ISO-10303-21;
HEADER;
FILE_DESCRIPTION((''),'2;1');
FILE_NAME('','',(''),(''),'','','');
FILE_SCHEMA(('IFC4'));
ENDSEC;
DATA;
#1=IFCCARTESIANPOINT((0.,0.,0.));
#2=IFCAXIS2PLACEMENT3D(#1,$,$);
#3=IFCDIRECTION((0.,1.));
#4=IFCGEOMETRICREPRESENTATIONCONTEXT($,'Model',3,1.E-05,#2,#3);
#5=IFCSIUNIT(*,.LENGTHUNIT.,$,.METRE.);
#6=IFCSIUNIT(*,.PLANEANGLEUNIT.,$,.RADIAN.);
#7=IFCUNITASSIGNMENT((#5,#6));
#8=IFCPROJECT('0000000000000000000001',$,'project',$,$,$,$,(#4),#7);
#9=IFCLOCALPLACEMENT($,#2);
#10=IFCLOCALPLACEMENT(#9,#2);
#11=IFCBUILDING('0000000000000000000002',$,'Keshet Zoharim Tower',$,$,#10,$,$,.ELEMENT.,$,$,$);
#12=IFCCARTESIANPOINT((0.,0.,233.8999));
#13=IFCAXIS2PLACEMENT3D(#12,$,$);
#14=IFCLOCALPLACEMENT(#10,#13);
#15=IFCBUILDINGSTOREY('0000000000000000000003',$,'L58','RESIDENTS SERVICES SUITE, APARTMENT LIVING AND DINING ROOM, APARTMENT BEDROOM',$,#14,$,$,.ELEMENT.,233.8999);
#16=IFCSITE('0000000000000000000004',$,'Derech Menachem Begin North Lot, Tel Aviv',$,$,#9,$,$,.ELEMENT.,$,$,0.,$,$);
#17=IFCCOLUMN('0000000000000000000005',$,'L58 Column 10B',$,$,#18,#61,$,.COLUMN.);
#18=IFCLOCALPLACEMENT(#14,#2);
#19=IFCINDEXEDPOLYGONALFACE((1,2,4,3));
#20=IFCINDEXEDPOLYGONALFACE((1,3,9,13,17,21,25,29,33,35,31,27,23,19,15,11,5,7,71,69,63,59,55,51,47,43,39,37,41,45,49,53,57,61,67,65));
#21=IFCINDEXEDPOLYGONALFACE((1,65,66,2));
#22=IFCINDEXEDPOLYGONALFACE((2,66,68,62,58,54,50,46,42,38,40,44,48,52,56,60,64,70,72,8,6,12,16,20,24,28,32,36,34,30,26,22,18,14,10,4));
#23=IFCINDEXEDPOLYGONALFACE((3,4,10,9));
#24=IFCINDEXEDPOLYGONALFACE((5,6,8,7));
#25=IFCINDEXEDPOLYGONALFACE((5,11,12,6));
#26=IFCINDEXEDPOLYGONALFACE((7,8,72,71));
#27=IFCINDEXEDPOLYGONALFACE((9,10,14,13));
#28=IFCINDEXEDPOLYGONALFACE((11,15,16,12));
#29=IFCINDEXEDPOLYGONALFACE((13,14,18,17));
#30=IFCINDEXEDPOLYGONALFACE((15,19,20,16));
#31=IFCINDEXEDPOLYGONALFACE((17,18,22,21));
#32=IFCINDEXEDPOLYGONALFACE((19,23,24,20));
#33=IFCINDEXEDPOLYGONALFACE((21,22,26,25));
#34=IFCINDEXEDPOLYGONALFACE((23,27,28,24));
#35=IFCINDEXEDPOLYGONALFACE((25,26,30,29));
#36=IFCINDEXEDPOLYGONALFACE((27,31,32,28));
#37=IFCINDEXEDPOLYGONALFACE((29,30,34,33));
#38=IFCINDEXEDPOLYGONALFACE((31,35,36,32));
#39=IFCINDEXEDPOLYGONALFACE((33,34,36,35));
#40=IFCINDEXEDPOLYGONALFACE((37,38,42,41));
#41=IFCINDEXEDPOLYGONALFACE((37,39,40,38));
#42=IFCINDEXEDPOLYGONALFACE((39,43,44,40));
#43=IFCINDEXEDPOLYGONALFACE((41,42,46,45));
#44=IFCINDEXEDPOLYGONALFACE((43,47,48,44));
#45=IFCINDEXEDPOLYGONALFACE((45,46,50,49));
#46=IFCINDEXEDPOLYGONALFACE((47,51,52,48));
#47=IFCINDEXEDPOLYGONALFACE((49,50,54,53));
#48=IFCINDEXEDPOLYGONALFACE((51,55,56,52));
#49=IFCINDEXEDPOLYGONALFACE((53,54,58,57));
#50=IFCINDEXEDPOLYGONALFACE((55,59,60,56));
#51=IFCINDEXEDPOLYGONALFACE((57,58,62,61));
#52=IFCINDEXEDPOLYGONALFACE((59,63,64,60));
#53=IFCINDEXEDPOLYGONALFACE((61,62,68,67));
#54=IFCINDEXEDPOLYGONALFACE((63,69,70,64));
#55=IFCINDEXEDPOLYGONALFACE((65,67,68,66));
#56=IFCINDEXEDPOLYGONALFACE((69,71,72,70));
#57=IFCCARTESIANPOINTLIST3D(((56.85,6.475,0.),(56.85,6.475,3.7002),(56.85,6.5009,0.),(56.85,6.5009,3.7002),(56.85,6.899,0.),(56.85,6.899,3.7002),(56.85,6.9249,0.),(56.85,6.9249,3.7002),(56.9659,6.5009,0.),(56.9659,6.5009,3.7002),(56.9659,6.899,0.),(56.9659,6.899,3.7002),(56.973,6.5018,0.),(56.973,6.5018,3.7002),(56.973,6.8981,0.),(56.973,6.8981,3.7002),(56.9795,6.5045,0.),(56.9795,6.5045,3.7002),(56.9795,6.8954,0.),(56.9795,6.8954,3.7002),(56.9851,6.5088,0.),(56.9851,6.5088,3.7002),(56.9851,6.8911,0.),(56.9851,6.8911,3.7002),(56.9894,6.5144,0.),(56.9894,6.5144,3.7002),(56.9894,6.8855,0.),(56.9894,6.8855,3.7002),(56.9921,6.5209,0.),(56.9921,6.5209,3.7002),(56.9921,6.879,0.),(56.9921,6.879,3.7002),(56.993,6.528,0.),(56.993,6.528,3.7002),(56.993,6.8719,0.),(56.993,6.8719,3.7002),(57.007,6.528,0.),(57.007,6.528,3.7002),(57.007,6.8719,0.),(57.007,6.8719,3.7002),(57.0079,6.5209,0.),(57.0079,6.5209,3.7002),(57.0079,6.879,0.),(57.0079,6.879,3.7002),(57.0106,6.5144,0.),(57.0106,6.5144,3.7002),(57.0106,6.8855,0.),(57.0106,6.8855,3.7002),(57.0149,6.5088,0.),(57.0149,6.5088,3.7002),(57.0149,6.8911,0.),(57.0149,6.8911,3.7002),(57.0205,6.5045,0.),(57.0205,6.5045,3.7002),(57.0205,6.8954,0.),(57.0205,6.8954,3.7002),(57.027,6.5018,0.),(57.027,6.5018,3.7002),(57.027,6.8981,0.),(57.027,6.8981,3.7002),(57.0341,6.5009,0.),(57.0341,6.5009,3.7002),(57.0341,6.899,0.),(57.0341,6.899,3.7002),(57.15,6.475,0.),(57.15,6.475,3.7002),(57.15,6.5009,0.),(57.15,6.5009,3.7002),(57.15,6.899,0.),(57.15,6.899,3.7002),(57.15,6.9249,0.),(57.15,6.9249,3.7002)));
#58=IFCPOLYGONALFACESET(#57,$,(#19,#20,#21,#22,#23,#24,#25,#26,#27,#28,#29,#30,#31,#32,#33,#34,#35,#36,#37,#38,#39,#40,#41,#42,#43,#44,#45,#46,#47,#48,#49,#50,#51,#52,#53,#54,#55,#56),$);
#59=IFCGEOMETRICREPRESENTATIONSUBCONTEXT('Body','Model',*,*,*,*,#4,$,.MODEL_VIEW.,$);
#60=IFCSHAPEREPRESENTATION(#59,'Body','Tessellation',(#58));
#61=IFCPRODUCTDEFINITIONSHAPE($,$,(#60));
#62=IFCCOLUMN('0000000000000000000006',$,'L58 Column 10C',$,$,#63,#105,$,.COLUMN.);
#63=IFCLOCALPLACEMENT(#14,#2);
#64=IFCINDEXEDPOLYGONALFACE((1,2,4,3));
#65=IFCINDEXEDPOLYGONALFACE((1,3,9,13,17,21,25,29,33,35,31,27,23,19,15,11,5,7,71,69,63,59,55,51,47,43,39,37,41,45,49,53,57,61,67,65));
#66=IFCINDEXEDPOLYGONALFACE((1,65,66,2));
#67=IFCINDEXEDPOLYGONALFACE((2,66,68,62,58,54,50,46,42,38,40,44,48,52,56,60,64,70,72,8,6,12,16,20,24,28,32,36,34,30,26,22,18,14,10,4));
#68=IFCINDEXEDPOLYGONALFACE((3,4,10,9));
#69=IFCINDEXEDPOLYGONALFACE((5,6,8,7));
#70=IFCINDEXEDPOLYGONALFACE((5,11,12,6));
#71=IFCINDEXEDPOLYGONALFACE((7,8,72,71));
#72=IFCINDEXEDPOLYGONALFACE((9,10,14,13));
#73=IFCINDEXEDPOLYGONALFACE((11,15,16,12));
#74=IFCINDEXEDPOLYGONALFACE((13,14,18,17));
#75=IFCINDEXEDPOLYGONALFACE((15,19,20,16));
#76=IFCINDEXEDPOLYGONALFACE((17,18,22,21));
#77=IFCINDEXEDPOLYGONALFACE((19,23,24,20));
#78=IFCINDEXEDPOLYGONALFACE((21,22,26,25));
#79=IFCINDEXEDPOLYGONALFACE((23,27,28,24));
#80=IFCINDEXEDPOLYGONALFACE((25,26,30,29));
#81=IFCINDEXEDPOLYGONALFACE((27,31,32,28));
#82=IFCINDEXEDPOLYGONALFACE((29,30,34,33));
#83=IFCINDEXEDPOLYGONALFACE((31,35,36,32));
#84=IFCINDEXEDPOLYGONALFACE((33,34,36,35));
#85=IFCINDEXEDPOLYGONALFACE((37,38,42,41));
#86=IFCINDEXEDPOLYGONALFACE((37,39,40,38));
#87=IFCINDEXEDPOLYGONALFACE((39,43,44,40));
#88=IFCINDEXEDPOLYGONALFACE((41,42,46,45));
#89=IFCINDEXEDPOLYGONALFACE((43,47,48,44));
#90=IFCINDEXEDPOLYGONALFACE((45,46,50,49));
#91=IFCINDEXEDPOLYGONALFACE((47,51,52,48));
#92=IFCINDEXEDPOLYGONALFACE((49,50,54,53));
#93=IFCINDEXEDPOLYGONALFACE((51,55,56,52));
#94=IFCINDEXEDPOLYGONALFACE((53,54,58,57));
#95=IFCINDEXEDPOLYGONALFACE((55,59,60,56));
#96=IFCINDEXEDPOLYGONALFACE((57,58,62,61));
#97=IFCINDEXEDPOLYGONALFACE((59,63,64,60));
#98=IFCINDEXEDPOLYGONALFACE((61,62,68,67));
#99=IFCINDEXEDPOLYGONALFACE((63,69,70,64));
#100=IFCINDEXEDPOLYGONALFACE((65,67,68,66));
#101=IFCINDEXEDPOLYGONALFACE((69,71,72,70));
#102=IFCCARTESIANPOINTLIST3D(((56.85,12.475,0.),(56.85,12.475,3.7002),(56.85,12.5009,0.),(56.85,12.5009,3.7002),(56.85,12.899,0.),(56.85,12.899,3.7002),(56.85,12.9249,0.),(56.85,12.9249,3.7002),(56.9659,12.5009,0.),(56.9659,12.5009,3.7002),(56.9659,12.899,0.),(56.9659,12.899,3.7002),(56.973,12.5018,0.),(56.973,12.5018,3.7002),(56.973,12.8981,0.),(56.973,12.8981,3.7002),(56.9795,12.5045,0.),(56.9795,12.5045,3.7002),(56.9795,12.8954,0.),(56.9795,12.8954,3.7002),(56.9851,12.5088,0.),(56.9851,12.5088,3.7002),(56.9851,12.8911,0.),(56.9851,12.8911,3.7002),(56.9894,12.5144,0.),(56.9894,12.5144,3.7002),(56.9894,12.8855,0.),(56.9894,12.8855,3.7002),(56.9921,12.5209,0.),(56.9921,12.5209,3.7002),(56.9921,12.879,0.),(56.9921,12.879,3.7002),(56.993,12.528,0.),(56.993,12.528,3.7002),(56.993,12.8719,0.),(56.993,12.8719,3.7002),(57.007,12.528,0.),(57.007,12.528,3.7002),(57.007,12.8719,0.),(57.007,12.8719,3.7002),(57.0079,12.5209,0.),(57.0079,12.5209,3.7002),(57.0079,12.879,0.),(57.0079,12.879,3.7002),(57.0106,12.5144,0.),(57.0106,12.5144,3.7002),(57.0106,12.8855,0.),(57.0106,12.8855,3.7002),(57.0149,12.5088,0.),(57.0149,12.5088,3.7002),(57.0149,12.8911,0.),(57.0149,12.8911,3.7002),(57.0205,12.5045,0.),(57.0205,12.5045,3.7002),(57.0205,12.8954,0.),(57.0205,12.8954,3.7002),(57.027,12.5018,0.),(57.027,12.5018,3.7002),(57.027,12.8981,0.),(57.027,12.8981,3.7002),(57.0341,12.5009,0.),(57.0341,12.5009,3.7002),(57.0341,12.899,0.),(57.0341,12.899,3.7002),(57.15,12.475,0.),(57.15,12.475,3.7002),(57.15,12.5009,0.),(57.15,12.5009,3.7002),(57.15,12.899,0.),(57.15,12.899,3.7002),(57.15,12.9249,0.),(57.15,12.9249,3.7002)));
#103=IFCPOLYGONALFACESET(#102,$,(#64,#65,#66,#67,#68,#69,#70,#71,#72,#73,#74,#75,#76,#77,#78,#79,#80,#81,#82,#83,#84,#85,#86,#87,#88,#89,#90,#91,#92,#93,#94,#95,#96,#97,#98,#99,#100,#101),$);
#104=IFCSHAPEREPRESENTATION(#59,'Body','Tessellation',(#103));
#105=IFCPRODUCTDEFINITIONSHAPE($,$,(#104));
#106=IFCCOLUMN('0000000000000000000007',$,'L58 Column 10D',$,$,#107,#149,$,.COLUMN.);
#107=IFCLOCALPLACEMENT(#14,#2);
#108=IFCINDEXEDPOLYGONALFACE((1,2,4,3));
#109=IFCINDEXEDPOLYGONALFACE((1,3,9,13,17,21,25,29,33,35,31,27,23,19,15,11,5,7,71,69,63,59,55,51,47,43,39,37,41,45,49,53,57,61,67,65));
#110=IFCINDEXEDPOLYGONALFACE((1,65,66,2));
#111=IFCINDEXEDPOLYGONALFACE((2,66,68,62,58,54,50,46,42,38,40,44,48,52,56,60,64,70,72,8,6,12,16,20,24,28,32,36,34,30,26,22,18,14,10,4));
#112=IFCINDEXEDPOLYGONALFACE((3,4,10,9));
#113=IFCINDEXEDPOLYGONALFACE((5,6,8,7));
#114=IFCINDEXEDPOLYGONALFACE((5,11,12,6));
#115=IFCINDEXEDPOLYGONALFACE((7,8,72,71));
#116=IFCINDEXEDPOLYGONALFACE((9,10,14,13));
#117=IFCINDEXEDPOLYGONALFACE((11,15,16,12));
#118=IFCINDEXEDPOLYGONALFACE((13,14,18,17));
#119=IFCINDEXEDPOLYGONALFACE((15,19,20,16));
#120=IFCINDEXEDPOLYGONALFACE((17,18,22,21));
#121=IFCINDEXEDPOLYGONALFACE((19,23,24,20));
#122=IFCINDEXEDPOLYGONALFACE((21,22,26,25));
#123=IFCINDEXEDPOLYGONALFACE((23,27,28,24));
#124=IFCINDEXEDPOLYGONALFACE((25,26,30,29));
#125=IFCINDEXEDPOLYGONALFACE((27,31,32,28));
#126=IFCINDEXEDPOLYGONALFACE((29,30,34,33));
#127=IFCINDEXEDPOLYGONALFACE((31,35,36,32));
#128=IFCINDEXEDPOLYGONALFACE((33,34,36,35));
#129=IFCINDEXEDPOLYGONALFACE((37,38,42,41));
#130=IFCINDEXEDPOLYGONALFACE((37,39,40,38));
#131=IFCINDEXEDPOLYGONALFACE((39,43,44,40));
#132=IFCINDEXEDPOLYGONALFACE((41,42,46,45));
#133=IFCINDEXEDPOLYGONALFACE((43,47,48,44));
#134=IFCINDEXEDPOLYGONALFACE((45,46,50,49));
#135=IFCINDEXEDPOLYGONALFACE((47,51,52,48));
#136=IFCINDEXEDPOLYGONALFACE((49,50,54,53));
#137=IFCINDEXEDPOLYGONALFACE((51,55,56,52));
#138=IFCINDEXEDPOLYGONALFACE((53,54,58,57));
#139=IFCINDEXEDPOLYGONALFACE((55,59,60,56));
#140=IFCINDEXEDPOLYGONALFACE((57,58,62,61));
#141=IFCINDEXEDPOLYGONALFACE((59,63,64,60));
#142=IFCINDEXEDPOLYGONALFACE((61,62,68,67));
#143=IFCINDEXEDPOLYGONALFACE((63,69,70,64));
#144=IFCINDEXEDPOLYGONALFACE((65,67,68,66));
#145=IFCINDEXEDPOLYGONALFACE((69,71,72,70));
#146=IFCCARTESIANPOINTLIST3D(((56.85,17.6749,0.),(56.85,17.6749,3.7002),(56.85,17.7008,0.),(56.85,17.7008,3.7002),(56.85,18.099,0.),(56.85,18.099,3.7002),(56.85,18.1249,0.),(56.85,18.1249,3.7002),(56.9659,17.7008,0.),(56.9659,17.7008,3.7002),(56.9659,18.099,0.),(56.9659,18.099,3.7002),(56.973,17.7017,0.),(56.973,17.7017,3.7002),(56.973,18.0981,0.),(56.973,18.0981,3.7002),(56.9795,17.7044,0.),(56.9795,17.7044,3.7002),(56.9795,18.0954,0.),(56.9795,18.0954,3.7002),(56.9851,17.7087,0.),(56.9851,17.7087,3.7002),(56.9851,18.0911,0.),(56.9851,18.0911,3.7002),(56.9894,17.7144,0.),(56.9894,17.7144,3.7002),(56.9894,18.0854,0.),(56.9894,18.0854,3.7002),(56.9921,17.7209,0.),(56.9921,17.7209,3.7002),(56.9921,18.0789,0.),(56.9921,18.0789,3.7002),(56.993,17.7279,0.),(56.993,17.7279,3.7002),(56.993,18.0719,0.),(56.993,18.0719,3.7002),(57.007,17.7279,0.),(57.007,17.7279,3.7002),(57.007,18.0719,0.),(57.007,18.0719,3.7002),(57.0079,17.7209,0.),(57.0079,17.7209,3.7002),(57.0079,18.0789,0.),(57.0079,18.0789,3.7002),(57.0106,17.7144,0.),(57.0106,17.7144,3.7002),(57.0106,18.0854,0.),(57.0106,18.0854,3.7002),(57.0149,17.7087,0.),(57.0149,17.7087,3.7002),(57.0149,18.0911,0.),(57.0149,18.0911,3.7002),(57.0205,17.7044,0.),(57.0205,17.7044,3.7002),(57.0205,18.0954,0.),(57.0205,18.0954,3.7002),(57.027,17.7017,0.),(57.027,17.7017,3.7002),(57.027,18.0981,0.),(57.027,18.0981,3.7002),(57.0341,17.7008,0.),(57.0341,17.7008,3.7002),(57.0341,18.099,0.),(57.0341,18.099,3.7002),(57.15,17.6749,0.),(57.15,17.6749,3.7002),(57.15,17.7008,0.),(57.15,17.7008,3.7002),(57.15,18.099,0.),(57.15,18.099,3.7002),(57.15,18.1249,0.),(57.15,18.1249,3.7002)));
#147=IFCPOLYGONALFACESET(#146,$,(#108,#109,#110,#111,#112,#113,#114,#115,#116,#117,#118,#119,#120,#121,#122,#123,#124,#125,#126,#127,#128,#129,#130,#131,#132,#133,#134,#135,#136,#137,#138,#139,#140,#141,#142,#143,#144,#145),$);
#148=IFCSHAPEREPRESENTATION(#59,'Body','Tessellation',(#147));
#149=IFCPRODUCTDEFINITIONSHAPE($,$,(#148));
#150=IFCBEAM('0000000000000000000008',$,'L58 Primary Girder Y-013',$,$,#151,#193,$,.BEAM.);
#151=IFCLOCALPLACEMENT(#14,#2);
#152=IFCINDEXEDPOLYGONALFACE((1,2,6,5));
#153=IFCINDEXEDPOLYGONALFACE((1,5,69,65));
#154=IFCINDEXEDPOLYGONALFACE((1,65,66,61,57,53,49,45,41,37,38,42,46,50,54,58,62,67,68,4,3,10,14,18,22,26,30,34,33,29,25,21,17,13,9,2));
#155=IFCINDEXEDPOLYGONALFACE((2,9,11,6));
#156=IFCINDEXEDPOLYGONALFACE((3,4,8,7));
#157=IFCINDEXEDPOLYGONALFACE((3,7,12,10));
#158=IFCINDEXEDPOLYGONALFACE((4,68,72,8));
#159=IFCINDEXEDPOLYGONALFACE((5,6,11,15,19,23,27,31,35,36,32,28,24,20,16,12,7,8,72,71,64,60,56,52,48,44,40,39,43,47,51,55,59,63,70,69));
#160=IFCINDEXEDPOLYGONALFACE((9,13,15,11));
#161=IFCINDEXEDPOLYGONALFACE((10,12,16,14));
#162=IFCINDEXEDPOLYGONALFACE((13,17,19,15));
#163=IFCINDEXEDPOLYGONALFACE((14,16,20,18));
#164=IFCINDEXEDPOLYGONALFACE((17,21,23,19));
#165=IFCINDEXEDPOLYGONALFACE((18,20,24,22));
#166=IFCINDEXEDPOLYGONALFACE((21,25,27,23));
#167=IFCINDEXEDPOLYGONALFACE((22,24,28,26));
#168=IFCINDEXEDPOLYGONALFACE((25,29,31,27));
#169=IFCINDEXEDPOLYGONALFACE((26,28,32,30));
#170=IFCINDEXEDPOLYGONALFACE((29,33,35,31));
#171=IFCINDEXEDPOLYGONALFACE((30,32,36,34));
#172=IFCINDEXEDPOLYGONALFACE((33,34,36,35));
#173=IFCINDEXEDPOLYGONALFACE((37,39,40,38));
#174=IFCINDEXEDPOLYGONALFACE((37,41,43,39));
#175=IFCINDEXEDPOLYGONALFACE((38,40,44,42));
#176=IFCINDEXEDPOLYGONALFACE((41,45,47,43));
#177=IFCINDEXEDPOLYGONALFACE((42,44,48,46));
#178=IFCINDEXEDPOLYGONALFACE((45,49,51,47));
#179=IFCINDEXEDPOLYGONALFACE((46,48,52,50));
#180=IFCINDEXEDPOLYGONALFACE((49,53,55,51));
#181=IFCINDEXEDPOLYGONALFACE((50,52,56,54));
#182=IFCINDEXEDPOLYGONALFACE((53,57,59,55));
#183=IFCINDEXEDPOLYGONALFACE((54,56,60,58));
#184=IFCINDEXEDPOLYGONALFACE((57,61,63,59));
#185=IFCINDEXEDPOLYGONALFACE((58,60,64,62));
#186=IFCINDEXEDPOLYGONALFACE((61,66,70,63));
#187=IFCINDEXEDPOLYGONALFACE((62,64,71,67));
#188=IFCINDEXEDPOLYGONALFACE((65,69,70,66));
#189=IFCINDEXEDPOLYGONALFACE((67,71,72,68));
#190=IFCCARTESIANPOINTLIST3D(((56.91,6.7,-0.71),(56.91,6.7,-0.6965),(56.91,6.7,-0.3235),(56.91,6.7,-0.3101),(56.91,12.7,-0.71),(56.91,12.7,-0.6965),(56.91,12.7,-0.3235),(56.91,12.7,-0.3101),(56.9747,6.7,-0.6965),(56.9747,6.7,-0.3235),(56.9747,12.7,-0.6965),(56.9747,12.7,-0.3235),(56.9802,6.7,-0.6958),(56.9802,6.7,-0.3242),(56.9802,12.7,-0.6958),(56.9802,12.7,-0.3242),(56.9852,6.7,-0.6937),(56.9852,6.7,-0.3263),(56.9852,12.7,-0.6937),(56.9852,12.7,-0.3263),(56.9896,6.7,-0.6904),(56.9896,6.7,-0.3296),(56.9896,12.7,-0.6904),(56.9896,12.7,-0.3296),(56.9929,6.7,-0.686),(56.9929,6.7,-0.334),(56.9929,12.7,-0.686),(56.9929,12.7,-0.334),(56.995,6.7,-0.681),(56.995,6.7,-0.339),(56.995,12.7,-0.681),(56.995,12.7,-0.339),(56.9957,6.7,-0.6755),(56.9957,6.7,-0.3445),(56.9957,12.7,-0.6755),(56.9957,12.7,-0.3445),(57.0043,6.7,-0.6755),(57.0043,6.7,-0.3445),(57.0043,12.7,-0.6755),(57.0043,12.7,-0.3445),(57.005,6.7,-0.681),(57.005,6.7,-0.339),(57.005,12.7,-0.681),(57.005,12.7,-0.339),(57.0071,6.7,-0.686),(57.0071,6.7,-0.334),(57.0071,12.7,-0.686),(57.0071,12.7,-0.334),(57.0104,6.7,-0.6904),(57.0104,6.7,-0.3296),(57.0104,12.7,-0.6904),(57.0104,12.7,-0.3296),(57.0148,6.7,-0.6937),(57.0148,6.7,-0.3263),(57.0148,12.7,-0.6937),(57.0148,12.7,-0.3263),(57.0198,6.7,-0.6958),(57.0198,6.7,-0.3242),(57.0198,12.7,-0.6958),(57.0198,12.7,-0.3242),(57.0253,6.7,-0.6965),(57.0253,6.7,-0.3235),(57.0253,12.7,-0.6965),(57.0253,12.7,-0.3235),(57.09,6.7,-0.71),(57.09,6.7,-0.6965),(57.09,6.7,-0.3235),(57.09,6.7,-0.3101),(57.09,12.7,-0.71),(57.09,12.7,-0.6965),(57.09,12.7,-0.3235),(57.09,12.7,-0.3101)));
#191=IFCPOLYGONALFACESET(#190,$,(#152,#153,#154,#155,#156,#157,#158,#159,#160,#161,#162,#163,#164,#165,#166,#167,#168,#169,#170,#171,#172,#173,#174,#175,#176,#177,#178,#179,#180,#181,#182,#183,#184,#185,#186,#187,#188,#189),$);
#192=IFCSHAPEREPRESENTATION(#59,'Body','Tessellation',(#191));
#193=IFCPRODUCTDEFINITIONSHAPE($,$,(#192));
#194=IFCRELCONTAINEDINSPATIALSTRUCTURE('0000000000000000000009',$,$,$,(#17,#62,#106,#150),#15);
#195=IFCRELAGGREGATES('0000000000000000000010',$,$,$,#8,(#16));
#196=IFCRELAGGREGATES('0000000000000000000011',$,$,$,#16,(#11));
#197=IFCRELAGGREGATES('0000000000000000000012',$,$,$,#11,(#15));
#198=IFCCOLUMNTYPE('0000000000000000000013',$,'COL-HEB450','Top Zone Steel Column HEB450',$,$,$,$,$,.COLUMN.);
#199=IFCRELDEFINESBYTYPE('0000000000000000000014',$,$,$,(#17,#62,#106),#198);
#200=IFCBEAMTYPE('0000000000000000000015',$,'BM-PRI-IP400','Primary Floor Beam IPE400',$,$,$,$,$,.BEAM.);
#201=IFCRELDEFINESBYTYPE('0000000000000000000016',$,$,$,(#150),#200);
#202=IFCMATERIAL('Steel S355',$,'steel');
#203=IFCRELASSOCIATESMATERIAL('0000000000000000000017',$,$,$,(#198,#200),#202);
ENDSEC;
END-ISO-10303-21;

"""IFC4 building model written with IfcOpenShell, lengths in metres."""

from ifc_helpers import new_model, si_unit, direction, frame, origin, origin_2d, place, context, subcontext, project, spatial, i_section, extrude, material, material_profile, profile_set, type_object, element, save


model = new_model("IFC4")

# Units and contexts
model_context = context("Model", 3, precision=1e-05, world=origin(), true_north=direction((0.0, 1.0)))
body_context = subcontext(model_context, "Body", "Model", "MODEL_VIEW")
ifc_project = project(units=[si_unit("LENGTHUNIT", "METRE"), si_unit("PLANEANGLEUNIT", "RADIAN")], contexts=[model_context])

# Site, building, storey
site_placement = place(None, origin())
site = spatial("IfcSite", under=ifc_project, at=site_placement, Name="Derech Menachem Begin North Lot, Tel Aviv", CompositionType="ELEMENT", RefElevation=0.0)
building_placement = place(site_placement, origin())
building = spatial("IfcBuilding", under=site, at=building_placement, Name="Keshet Zoharim Tower", CompositionType="ELEMENT")
storey_placement = place(building_placement, frame((0.0, 0.0, 233.8999)))
storey = spatial("IfcBuildingStorey", under=building, at=storey_placement, Name="L58", Description="RESIDENTS SERVICES SUITE, APARTMENT LIVING AND DINING ROOM, APARTMENT BEDROOM", CompositionType="ELEMENT", Elevation=233.8999)

# Columns
ifc_material_1 = material(Name="Steel S355", Category="steel")
ifc_material_profile_1 = material_profile(ifc_material_1, i_section(OverallWidth=0.3, OverallDepth=0.45, WebThickness=0.0139, FlangeThickness=0.0259, FilletRadius=0.0271, at=origin_2d()), Name="HEB450")
ifc_profile_set_1 = profile_set([ifc_material_profile_1], Name="Steel S355")
column_type = type_object("IfcColumnType", Name="COL-HEB450", Description="Top Zone Steel Column HEB450", PredefinedType="COLUMN", material=ifc_profile_set_1)
for number, where, z_axis, x_axis, name in (
    (1, (57.0, 6.7, 0.0), (0.0, 0.0, 1.0), (1.0, 0.0, 0.0), "L58 Column 10B"),
    (2, (57.0, 12.7, 0.0), (0.0, 0.0, 1.0), (1.0, 0.0, 0.0), "L58 Column 10C"),
    (3, (57.0, 17.8999, 0.0), (0.0, 0.0, 1.0), (1.0, 0.0, 0.0), "L58 Column 10D"),
):
    element("IfcColumn", number, at=place(storey_placement, frame(where, z_axis=z_axis, x_axis=x_axis)), inside=storey, type_object=column_type, Name=name, PredefinedType="COLUMN", context=body_context, shape_type="SweptSolid", body=[
        extrude(i_section(OverallWidth=0.3, OverallDepth=0.45, WebThickness=0.0139, FlangeThickness=0.0259, FilletRadius=0.0271, at=origin_2d()), origin(), (0.0, 0.0, 1.0), 3.7002),
    ])

# Beam
ifc_material_profile_2 = material_profile(ifc_material_1, i_section(OverallWidth=0.1799, OverallDepth=0.3999, WebThickness=0.0085, FlangeThickness=0.0134, FilletRadius=0.021, at=origin_2d()), Name="IPE400")
ifc_profile_set_2 = profile_set([ifc_material_profile_2], Name="Steel S355")
beam_type = type_object("IfcBeamType", Name="BM-PRI-IP400", Description="Primary Floor Beam IPE400", PredefinedType="BEAM", material=ifc_profile_set_2)
beam_1_placement = place(storey_placement, frame((57.0, 6.7, -0.51), z_axis=(0.0, 1.0, 0.0), x_axis=(-1.0, 0.0, 0.0)))
element("IfcBeam", 4, at=beam_1_placement, inside=storey, type_object=beam_type, Name="L58 Primary Girder Y-013", PredefinedType="BEAM", context=body_context, shape_type="SweptSolid", body=[
    extrude(i_section(OverallWidth=0.1799, OverallDepth=0.3999, WebThickness=0.0085, FlangeThickness=0.0134, FilletRadius=0.021, at=origin_2d()), origin(), (0.0, 0.0, 1.0), 6.0),
])

save(model, "model.ifc")
